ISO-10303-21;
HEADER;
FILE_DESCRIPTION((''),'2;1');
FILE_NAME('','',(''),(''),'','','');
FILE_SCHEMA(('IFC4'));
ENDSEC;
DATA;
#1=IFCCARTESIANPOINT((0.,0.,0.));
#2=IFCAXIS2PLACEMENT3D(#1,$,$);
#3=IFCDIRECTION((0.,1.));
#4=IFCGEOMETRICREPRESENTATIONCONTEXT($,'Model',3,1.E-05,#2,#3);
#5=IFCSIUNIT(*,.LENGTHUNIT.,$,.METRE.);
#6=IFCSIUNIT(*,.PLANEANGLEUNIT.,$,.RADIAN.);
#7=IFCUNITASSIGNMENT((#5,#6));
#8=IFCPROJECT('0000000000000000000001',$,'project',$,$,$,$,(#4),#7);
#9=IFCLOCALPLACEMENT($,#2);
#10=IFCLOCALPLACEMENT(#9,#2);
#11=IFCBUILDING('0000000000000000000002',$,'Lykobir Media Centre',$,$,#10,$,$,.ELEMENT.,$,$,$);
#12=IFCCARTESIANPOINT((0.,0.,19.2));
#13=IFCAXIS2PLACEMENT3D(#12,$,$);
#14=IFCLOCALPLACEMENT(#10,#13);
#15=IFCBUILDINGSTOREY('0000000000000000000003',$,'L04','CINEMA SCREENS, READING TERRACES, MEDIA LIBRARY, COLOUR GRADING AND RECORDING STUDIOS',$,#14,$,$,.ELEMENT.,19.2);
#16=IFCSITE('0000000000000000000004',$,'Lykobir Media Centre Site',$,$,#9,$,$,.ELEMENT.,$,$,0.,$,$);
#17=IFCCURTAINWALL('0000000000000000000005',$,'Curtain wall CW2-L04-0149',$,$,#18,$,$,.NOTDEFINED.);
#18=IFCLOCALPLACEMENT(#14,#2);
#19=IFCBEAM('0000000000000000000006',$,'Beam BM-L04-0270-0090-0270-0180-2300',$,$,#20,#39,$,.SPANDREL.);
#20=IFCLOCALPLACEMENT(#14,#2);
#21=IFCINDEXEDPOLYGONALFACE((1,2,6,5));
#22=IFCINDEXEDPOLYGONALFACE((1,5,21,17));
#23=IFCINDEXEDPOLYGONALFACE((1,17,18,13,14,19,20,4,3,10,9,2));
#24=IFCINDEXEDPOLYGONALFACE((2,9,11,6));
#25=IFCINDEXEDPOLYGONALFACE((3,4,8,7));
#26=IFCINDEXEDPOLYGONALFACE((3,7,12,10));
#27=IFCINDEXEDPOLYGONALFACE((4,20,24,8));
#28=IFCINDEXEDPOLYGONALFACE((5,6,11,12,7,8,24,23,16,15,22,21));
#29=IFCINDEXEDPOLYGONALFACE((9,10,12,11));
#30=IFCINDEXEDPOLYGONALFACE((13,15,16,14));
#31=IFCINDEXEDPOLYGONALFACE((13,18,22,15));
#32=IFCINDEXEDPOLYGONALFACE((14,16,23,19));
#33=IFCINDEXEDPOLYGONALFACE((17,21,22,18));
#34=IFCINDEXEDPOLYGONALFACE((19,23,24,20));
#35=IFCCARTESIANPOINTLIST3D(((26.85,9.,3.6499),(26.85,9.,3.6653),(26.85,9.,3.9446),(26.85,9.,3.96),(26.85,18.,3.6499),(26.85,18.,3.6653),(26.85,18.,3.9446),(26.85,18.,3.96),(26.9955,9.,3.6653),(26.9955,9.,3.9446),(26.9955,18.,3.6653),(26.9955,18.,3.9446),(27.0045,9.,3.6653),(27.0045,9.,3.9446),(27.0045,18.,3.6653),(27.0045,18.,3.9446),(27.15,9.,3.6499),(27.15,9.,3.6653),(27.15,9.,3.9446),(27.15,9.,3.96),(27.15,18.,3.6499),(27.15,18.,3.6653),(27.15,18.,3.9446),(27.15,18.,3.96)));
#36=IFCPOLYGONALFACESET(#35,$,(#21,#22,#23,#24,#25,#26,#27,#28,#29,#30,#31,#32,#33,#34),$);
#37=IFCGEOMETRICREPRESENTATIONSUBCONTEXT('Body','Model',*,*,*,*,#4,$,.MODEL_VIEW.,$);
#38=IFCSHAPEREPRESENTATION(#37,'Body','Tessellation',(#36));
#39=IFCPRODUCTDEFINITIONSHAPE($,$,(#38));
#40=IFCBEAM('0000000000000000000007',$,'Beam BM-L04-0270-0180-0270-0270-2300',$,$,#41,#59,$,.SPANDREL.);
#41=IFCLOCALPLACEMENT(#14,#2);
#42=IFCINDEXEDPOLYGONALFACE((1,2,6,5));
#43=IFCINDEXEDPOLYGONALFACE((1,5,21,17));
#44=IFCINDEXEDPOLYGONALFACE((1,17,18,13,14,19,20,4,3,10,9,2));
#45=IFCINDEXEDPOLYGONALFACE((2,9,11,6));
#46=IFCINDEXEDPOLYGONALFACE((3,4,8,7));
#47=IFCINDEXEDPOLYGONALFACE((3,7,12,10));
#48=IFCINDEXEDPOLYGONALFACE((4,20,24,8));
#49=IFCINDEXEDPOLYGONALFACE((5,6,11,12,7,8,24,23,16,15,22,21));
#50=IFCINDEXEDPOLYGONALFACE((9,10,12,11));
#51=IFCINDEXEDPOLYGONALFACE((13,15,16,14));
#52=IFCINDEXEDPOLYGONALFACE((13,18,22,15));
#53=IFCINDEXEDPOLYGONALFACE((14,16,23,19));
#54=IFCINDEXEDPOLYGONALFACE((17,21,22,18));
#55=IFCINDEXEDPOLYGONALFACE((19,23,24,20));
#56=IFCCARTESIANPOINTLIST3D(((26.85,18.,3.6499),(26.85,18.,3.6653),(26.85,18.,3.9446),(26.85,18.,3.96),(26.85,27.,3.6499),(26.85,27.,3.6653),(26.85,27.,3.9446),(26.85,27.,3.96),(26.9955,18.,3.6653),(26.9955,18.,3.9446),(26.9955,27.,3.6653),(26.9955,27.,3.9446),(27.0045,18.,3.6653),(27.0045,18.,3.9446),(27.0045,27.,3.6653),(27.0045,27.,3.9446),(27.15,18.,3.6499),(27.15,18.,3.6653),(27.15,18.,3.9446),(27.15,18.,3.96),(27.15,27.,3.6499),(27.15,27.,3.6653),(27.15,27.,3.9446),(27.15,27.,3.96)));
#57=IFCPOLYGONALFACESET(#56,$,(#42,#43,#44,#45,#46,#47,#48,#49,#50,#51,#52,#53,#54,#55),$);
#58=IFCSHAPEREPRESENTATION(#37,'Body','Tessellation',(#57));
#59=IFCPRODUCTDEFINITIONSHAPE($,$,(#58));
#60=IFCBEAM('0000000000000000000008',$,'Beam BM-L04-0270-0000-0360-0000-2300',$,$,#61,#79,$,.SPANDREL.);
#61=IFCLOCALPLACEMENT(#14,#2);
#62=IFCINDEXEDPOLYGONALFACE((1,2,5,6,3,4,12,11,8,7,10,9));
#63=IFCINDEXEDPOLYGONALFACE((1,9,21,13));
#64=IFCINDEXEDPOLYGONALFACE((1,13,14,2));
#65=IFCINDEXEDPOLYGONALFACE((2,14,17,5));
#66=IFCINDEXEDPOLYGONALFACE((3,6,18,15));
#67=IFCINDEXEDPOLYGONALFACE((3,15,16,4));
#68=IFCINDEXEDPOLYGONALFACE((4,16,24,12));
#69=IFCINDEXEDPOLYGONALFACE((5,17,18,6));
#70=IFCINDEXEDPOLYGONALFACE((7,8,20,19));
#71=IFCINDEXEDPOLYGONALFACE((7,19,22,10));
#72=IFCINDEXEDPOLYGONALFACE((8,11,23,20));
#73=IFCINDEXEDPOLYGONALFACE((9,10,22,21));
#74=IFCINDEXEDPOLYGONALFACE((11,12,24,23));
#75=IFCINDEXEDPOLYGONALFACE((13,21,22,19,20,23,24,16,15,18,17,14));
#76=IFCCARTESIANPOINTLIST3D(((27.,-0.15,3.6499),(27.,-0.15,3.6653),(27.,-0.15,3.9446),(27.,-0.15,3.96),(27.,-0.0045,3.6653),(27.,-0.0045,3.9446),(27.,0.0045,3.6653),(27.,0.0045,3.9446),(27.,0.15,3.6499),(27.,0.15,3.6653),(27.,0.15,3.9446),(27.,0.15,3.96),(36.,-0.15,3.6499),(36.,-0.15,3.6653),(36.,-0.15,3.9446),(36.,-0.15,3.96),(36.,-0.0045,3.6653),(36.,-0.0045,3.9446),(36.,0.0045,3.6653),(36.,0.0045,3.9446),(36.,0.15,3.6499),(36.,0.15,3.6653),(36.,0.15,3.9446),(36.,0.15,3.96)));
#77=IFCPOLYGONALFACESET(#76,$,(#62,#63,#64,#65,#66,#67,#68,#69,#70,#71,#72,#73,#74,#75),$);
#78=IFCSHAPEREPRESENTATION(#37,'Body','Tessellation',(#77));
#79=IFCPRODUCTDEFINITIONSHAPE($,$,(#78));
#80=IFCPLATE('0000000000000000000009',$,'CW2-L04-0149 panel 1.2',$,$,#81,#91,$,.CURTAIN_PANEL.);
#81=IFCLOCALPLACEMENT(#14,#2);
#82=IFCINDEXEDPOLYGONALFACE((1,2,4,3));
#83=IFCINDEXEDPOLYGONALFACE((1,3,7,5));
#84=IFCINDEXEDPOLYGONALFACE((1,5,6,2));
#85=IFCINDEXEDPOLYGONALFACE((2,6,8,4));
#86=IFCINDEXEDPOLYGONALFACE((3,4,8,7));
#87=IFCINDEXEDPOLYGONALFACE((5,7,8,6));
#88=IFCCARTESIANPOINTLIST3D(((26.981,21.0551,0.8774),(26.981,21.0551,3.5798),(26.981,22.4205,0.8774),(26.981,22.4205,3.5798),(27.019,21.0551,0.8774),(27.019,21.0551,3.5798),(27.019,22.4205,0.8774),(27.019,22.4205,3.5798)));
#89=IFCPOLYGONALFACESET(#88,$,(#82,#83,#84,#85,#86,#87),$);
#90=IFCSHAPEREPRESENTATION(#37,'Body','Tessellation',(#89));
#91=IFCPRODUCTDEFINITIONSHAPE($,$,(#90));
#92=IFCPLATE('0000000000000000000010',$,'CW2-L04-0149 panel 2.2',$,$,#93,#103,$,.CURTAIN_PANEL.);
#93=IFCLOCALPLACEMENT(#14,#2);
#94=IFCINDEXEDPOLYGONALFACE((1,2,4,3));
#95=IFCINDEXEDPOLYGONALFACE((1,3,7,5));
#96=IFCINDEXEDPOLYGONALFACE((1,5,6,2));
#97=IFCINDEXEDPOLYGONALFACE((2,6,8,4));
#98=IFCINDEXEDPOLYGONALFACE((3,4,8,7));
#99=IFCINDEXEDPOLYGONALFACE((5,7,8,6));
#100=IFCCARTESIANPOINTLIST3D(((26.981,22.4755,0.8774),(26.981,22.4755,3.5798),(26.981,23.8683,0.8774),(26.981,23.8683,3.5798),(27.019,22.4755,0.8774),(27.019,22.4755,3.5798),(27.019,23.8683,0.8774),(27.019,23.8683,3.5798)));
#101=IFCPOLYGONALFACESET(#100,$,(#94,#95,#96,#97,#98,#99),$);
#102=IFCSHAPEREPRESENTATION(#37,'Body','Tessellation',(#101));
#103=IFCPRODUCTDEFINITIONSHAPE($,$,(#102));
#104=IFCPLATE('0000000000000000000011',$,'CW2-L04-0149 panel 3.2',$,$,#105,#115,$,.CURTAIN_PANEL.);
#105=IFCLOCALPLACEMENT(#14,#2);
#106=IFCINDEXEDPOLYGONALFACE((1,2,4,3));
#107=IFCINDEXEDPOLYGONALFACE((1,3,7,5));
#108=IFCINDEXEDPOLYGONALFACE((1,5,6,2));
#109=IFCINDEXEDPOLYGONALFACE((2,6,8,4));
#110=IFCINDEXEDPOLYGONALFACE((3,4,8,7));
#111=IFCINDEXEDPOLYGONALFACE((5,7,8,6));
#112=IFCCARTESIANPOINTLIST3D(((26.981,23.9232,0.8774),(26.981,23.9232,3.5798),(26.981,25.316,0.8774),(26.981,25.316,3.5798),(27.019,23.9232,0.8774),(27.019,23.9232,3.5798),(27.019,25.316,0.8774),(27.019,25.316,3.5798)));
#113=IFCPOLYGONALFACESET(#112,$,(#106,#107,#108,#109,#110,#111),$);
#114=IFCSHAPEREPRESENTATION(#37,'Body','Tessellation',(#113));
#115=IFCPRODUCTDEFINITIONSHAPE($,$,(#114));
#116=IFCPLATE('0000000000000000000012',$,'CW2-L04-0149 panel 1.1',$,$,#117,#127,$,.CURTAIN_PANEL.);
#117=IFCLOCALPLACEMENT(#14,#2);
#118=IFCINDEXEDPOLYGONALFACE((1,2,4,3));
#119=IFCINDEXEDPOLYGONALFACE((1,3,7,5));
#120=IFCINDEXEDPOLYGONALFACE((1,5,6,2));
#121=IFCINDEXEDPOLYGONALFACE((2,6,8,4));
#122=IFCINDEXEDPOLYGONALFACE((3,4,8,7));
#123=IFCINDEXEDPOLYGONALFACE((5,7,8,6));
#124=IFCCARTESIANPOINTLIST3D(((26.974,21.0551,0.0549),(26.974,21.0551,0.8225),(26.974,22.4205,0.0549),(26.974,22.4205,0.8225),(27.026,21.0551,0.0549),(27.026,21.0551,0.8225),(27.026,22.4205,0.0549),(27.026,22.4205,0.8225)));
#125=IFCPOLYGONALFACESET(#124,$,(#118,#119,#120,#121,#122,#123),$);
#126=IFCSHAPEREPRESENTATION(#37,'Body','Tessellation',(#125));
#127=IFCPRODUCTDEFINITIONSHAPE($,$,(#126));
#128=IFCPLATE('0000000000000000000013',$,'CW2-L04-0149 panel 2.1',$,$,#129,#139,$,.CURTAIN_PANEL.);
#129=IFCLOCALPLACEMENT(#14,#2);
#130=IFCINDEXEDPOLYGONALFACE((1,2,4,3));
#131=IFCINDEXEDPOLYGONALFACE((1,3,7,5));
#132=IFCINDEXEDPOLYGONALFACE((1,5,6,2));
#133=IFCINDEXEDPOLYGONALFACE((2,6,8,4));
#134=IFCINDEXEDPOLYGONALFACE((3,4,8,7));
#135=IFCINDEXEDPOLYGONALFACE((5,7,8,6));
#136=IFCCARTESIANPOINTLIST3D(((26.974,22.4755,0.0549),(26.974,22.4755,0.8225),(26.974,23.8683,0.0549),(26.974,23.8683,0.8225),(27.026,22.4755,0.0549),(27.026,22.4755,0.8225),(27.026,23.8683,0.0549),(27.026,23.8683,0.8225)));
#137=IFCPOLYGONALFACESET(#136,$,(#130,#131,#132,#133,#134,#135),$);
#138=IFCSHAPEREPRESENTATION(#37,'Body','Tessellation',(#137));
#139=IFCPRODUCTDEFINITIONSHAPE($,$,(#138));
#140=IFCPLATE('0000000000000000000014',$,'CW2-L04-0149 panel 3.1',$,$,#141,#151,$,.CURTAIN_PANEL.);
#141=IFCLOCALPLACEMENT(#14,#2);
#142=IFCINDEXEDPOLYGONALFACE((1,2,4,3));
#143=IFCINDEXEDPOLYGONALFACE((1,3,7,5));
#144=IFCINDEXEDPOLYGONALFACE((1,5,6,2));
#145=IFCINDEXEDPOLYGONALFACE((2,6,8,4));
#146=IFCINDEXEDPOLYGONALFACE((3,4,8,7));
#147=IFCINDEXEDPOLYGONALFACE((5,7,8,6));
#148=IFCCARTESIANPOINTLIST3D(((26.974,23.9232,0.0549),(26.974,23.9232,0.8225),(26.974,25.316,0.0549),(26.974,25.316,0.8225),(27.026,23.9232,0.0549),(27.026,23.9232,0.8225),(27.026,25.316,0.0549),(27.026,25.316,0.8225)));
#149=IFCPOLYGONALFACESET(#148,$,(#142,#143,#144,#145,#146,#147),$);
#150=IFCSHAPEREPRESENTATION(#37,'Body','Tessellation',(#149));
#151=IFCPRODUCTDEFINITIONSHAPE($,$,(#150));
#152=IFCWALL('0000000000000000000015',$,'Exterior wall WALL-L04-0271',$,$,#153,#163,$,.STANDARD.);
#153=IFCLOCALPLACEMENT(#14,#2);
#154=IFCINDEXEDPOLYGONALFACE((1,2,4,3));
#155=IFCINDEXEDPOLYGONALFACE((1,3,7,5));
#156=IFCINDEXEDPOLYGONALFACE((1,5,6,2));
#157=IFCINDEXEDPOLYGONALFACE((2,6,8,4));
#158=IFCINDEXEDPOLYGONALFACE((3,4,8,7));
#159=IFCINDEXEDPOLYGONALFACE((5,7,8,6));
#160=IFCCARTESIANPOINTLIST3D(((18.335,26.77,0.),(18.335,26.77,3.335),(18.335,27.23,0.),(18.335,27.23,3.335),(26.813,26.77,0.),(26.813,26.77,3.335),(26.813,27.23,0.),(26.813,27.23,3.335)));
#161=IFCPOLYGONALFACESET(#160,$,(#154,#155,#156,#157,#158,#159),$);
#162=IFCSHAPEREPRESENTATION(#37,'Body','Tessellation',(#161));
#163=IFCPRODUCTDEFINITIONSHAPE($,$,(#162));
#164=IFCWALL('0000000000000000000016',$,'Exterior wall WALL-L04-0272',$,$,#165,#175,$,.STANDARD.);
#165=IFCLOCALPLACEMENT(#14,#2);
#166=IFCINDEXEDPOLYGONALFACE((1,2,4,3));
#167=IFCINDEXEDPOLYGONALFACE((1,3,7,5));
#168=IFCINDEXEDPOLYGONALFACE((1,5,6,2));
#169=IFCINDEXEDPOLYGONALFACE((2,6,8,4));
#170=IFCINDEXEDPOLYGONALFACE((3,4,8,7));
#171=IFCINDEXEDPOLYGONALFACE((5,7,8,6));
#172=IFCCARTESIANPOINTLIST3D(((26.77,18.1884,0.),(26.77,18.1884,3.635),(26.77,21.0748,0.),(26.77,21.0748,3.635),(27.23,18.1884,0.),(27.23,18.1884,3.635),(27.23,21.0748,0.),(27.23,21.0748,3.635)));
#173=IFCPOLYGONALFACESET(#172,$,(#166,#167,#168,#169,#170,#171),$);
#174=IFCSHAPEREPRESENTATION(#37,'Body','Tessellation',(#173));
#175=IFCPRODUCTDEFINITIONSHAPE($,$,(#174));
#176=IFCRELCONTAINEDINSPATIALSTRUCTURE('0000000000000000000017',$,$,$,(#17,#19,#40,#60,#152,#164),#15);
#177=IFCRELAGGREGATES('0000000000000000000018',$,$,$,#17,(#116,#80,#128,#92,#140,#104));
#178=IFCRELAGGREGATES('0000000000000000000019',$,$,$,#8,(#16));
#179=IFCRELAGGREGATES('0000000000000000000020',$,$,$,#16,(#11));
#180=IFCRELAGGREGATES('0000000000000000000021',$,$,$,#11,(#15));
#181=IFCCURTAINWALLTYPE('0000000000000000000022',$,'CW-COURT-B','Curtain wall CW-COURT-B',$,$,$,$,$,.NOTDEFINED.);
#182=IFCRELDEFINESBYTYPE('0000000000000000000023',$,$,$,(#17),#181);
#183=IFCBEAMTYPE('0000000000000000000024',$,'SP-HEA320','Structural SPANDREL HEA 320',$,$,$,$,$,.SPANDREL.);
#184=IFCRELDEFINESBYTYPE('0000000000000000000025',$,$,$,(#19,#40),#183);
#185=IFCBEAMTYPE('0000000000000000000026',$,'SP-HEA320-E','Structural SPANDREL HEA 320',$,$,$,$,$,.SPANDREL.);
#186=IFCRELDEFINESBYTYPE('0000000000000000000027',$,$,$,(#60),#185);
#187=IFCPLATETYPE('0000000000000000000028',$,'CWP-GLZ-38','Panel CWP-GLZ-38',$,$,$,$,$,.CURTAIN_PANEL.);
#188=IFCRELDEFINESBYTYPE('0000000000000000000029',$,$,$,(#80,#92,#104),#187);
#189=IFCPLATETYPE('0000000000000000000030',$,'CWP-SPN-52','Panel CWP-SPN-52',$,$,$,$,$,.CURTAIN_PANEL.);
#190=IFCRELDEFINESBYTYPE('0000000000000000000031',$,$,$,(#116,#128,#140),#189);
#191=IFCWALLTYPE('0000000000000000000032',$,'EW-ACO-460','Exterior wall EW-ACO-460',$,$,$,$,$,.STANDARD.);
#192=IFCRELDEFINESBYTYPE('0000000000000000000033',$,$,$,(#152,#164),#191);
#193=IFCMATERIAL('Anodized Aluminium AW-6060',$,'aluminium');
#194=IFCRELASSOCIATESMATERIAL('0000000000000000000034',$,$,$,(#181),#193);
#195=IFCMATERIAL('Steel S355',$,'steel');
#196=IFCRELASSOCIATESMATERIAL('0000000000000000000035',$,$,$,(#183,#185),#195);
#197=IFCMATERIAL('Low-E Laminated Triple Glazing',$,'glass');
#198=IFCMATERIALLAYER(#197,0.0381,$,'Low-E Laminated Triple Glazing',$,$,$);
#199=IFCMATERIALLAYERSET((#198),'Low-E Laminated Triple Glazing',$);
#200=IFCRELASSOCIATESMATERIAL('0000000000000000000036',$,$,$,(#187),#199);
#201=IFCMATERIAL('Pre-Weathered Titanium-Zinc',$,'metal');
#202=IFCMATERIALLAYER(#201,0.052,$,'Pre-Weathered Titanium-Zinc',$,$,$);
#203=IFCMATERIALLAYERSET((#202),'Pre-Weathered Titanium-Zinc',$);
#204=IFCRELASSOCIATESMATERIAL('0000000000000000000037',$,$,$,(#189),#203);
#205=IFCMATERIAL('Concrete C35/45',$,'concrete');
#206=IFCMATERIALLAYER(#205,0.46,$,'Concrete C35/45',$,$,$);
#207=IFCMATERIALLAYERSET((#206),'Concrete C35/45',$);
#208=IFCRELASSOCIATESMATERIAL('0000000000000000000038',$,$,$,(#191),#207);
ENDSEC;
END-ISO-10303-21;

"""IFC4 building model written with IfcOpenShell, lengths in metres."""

from ifc_helpers import new_model, si_unit, direction, frame, frame_2d, origin, origin_2d, place, context, subcontext, project, spatial, rectangle, i_section, extrude, material, layer, layer_set, material_profile, profile_set, type_object, element, aggregate, save


model = new_model("IFC4")

# Units and contexts
model_context = context("Model", 3, precision=1e-05, world=origin(), true_north=direction((0.0, 1.0)))
body_context = subcontext(model_context, "Body", "Model", "MODEL_VIEW")
ifc_project = project(units=[si_unit("LENGTHUNIT", "METRE"), si_unit("PLANEANGLEUNIT", "RADIAN")], contexts=[model_context])

# Site, building, storey
site_placement = place(None, origin())
site = spatial("IfcSite", under=ifc_project, at=site_placement, Name="Lykobir Media Centre Site", CompositionType="ELEMENT", RefElevation=0.0)
building_placement = place(site_placement, origin())
building = spatial("IfcBuilding", under=site, at=building_placement, Name="Lykobir Media Centre", CompositionType="ELEMENT")
storey_placement = place(building_placement, frame((0.0, 0.0, 19.2)))
storey = spatial("IfcBuildingStorey", under=building, at=storey_placement, Name="L04", Description="CINEMA SCREENS, READING TERRACES, MEDIA LIBRARY, COLOUR GRADING AND RECORDING STUDIOS", CompositionType="ELEMENT", Elevation=19.2)

# Shared definitions
ifc_material_1 = material(Name="Steel S355", Category="steel")

# Curtain wall
ifc_material_2 = material(Name="Anodized Aluminium AW-6060", Category="aluminium")
curtain_wall_type = type_object("IfcCurtainWallType", Name="CW-COURT-B", Description="Curtain wall CW-COURT-B", PredefinedType="NOTDEFINED", material=ifc_material_2)
curtain_wall_placement = place(storey_placement, origin())
curtain_wall = element("IfcCurtainWall", 1, at=curtain_wall_placement, inside=storey, type_object=curtain_wall_type, Name="Curtain wall CW2-L04-0149", PredefinedType="NOTDEFINED")

# Beams
ifc_material_profile_1 = material_profile(ifc_material_1, i_section(OverallWidth=0.3, OverallDepth=0.3101, WebThickness=0.009, FlangeThickness=0.0154, at=origin_2d()), Name="HEA 320")
ifc_profile_set_1 = profile_set([ifc_material_profile_1], Name="Steel S355")
beam_type_1 = type_object("IfcBeamType", Name="SP-HEA320", Description="Structural SPANDREL HEA 320", PredefinedType="SPANDREL", material=ifc_profile_set_1)
for number, where, z_axis, x_axis, name in (
    (2, (27.0, 9.0, 3.8049), (0.0, 1.0, 0.0), (-1.0, 0.0, 0.0), "Beam BM-L04-0270-0090-0270-0180-2300"),
    (3, (27.0, 18.0, 3.8049), (0.0, 1.0, 0.0), (-1.0, 0.0, 0.0), "Beam BM-L04-0270-0180-0270-0270-2300"),
):
    element("IfcBeam", number, at=place(storey_placement, frame(where, z_axis=z_axis, x_axis=x_axis)), inside=storey, type_object=beam_type_1, Name=name, PredefinedType="SPANDREL", context=body_context, shape_type="SweptSolid", body=[
        extrude(i_section(OverallWidth=0.3, OverallDepth=0.3101, WebThickness=0.009, FlangeThickness=0.0154, at=origin_2d()), origin(), (0.0, 0.0, 1.0), 9.0),
    ])
ifc_material_profile_2 = material_profile(ifc_material_1, i_section(OverallWidth=0.3, OverallDepth=0.3101, WebThickness=0.009, FlangeThickness=0.0154, at=origin_2d()), Name="HEA 320")
ifc_profile_set_2 = profile_set([ifc_material_profile_2], Name="Steel S355")
beam_type_2 = type_object("IfcBeamType", Name="SP-HEA320-E", Description="Structural SPANDREL HEA 320", PredefinedType="SPANDREL", material=ifc_profile_set_2)
beam_1_placement = place(storey_placement, frame((27.0, 0.0, 3.8049), z_axis=(1.0, 0.0, 0.0), x_axis=(0.0, 1.0, 0.0)))
element("IfcBeam", 4, at=beam_1_placement, inside=storey, type_object=beam_type_2, Name="Beam BM-L04-0270-0000-0360-0000-2300", PredefinedType="SPANDREL", context=body_context, shape_type="SweptSolid", body=[
    extrude(i_section(OverallWidth=0.3, OverallDepth=0.3101, WebThickness=0.009, FlangeThickness=0.0154, at=origin_2d()), origin(), (0.0, 0.0, 1.0), 9.0),
])

# Plates
ifc_material_3 = material(Name="Low-E Laminated Triple Glazing", Category="glass")
ifc_layer_1 = layer(ifc_material_3, 0.0381, Name="Low-E Laminated Triple Glazing")
ifc_layer_set_1 = layer_set([ifc_layer_1], Name="Low-E Laminated Triple Glazing")
plate_type_1 = type_object("IfcPlateType", Name="CWP-GLZ-38", Description="Panel CWP-GLZ-38", PredefinedType="CURTAIN_PANEL", material=ifc_layer_set_1)
plate_1_placement = place(storey_placement, frame((27.0, 21.7378, 0.8774), z_axis=(0.0, 0.0, 1.0), x_axis=(0.0, 1.0, 0.0)))
plate_1 = element("IfcPlate", 5, at=plate_1_placement, type_object=plate_type_1, Name="CW2-L04-0149 panel 1.2", PredefinedType="CURTAIN_PANEL", context=body_context, shape_type="SweptSolid", body=[
    extrude(rectangle(XDim=1.3655, YDim=0.0381, at=origin_2d()), origin(), (0.0, 0.0, 1.0), 2.7024),
])
plate_2_placement = place(storey_placement, frame((27.0, 23.1719, 0.8774), z_axis=(0.0, 0.0, 1.0), x_axis=(0.0, 1.0, 0.0)))
plate_2 = element("IfcPlate", 6, at=plate_2_placement, type_object=plate_type_1, Name="CW2-L04-0149 panel 2.2", PredefinedType="CURTAIN_PANEL", context=body_context, shape_type="SweptSolid", body=[
    extrude(rectangle(XDim=1.3928, YDim=0.0381, at=origin_2d()), origin(), (0.0, 0.0, 1.0), 2.7024),
])
plate_3_placement = place(storey_placement, frame((27.0, 24.6196, 0.8774), z_axis=(0.0, 0.0, 1.0), x_axis=(0.0, 1.0, 0.0)))
plate_3 = element("IfcPlate", 7, at=plate_3_placement, type_object=plate_type_1, Name="CW2-L04-0149 panel 3.2", PredefinedType="CURTAIN_PANEL", context=body_context, shape_type="SweptSolid", body=[
    extrude(rectangle(XDim=1.3928, YDim=0.0381, at=origin_2d()), origin(), (0.0, 0.0, 1.0), 2.7024),
])
ifc_material_4 = material(Name="Pre-Weathered Titanium-Zinc", Category="metal")
ifc_layer_2 = layer(ifc_material_4, 0.052, Name="Pre-Weathered Titanium-Zinc")
ifc_layer_set_2 = layer_set([ifc_layer_2], Name="Pre-Weathered Titanium-Zinc")
plate_type_2 = type_object("IfcPlateType", Name="CWP-SPN-52", Description="Panel CWP-SPN-52", PredefinedType="CURTAIN_PANEL", material=ifc_layer_set_2)
plate_4_placement = place(storey_placement, frame((27.0, 21.7378, 0.0549), z_axis=(0.0, 0.0, 1.0), x_axis=(0.0, 1.0, 0.0)))
plate_4 = element("IfcPlate", 8, at=plate_4_placement, type_object=plate_type_2, Name="CW2-L04-0149 panel 1.1", PredefinedType="CURTAIN_PANEL", context=body_context, shape_type="SweptSolid", body=[
    extrude(rectangle(XDim=1.3655, YDim=0.052, at=origin_2d()), origin(), (0.0, 0.0, 1.0), 0.7676),
])
plate_5_placement = place(storey_placement, frame((27.0, 23.1719, 0.0549), z_axis=(0.0, 0.0, 1.0), x_axis=(0.0, 1.0, 0.0)))
plate_5 = element("IfcPlate", 9, at=plate_5_placement, type_object=plate_type_2, Name="CW2-L04-0149 panel 2.1", PredefinedType="CURTAIN_PANEL", context=body_context, shape_type="SweptSolid", body=[
    extrude(rectangle(XDim=1.3928, YDim=0.052, at=origin_2d()), origin(), (0.0, 0.0, 1.0), 0.7676),
])
plate_6_placement = place(storey_placement, frame((27.0, 24.6196, 0.0549), z_axis=(0.0, 0.0, 1.0), x_axis=(0.0, 1.0, 0.0)))
plate_6 = element("IfcPlate", 10, at=plate_6_placement, type_object=plate_type_2, Name="CW2-L04-0149 panel 3.1", PredefinedType="CURTAIN_PANEL", context=body_context, shape_type="SweptSolid", body=[
    extrude(rectangle(XDim=1.3928, YDim=0.052, at=origin_2d()), origin(), (0.0, 0.0, 1.0), 0.7676),
])
aggregate(curtain_wall, [plate_4, plate_1, plate_5, plate_2, plate_6, plate_3])

# Walls
ifc_material_5 = material(Name="Concrete C35/45", Category="concrete")
ifc_layer_3 = layer(ifc_material_5, 0.46, Name="Concrete C35/45")
ifc_layer_set_3 = layer_set([ifc_layer_3], Name="Concrete C35/45")
wall_type_1 = type_object("IfcWallType", Name="EW-ACO-460", Description="Exterior wall EW-ACO-460", PredefinedType="STANDARD", material=ifc_layer_set_3)
wall_1_placement = place(storey_placement, frame((18.335, 27.0, 0.0), z_axis=(0.0, 0.0, 1.0), x_axis=(1.0, 0.0, 0.0)))
element("IfcWall", 11, at=wall_1_placement, inside=storey, type_object=wall_type_1, Name="Exterior wall WALL-L04-0271", PredefinedType="STANDARD", context=body_context, shape_type="SweptSolid", body=[
    extrude(rectangle(XDim=8.478, YDim=0.46, at=frame_2d((4.239, 0.0))), origin(), (0.0, 0.0, 1.0), 3.335),
])
wall_2_placement = place(storey_placement, frame((27.0, 21.075, 0.0), z_axis=(0.0, 0.0, 1.0), x_axis=(0.0, -1.0, 0.0)))
element("IfcWall", 12, at=wall_2_placement, inside=storey, type_object=wall_type_1, Name="Exterior wall WALL-L04-0272", PredefinedType="STANDARD", context=body_context, shape_type="SweptSolid", body=[
    extrude(rectangle(XDim=2.8865, YDim=0.46, at=frame_2d((1.4434, 0.0))), origin(), (0.0, 0.0, 1.0), 3.635),
])

save(model, "model.ifc")
